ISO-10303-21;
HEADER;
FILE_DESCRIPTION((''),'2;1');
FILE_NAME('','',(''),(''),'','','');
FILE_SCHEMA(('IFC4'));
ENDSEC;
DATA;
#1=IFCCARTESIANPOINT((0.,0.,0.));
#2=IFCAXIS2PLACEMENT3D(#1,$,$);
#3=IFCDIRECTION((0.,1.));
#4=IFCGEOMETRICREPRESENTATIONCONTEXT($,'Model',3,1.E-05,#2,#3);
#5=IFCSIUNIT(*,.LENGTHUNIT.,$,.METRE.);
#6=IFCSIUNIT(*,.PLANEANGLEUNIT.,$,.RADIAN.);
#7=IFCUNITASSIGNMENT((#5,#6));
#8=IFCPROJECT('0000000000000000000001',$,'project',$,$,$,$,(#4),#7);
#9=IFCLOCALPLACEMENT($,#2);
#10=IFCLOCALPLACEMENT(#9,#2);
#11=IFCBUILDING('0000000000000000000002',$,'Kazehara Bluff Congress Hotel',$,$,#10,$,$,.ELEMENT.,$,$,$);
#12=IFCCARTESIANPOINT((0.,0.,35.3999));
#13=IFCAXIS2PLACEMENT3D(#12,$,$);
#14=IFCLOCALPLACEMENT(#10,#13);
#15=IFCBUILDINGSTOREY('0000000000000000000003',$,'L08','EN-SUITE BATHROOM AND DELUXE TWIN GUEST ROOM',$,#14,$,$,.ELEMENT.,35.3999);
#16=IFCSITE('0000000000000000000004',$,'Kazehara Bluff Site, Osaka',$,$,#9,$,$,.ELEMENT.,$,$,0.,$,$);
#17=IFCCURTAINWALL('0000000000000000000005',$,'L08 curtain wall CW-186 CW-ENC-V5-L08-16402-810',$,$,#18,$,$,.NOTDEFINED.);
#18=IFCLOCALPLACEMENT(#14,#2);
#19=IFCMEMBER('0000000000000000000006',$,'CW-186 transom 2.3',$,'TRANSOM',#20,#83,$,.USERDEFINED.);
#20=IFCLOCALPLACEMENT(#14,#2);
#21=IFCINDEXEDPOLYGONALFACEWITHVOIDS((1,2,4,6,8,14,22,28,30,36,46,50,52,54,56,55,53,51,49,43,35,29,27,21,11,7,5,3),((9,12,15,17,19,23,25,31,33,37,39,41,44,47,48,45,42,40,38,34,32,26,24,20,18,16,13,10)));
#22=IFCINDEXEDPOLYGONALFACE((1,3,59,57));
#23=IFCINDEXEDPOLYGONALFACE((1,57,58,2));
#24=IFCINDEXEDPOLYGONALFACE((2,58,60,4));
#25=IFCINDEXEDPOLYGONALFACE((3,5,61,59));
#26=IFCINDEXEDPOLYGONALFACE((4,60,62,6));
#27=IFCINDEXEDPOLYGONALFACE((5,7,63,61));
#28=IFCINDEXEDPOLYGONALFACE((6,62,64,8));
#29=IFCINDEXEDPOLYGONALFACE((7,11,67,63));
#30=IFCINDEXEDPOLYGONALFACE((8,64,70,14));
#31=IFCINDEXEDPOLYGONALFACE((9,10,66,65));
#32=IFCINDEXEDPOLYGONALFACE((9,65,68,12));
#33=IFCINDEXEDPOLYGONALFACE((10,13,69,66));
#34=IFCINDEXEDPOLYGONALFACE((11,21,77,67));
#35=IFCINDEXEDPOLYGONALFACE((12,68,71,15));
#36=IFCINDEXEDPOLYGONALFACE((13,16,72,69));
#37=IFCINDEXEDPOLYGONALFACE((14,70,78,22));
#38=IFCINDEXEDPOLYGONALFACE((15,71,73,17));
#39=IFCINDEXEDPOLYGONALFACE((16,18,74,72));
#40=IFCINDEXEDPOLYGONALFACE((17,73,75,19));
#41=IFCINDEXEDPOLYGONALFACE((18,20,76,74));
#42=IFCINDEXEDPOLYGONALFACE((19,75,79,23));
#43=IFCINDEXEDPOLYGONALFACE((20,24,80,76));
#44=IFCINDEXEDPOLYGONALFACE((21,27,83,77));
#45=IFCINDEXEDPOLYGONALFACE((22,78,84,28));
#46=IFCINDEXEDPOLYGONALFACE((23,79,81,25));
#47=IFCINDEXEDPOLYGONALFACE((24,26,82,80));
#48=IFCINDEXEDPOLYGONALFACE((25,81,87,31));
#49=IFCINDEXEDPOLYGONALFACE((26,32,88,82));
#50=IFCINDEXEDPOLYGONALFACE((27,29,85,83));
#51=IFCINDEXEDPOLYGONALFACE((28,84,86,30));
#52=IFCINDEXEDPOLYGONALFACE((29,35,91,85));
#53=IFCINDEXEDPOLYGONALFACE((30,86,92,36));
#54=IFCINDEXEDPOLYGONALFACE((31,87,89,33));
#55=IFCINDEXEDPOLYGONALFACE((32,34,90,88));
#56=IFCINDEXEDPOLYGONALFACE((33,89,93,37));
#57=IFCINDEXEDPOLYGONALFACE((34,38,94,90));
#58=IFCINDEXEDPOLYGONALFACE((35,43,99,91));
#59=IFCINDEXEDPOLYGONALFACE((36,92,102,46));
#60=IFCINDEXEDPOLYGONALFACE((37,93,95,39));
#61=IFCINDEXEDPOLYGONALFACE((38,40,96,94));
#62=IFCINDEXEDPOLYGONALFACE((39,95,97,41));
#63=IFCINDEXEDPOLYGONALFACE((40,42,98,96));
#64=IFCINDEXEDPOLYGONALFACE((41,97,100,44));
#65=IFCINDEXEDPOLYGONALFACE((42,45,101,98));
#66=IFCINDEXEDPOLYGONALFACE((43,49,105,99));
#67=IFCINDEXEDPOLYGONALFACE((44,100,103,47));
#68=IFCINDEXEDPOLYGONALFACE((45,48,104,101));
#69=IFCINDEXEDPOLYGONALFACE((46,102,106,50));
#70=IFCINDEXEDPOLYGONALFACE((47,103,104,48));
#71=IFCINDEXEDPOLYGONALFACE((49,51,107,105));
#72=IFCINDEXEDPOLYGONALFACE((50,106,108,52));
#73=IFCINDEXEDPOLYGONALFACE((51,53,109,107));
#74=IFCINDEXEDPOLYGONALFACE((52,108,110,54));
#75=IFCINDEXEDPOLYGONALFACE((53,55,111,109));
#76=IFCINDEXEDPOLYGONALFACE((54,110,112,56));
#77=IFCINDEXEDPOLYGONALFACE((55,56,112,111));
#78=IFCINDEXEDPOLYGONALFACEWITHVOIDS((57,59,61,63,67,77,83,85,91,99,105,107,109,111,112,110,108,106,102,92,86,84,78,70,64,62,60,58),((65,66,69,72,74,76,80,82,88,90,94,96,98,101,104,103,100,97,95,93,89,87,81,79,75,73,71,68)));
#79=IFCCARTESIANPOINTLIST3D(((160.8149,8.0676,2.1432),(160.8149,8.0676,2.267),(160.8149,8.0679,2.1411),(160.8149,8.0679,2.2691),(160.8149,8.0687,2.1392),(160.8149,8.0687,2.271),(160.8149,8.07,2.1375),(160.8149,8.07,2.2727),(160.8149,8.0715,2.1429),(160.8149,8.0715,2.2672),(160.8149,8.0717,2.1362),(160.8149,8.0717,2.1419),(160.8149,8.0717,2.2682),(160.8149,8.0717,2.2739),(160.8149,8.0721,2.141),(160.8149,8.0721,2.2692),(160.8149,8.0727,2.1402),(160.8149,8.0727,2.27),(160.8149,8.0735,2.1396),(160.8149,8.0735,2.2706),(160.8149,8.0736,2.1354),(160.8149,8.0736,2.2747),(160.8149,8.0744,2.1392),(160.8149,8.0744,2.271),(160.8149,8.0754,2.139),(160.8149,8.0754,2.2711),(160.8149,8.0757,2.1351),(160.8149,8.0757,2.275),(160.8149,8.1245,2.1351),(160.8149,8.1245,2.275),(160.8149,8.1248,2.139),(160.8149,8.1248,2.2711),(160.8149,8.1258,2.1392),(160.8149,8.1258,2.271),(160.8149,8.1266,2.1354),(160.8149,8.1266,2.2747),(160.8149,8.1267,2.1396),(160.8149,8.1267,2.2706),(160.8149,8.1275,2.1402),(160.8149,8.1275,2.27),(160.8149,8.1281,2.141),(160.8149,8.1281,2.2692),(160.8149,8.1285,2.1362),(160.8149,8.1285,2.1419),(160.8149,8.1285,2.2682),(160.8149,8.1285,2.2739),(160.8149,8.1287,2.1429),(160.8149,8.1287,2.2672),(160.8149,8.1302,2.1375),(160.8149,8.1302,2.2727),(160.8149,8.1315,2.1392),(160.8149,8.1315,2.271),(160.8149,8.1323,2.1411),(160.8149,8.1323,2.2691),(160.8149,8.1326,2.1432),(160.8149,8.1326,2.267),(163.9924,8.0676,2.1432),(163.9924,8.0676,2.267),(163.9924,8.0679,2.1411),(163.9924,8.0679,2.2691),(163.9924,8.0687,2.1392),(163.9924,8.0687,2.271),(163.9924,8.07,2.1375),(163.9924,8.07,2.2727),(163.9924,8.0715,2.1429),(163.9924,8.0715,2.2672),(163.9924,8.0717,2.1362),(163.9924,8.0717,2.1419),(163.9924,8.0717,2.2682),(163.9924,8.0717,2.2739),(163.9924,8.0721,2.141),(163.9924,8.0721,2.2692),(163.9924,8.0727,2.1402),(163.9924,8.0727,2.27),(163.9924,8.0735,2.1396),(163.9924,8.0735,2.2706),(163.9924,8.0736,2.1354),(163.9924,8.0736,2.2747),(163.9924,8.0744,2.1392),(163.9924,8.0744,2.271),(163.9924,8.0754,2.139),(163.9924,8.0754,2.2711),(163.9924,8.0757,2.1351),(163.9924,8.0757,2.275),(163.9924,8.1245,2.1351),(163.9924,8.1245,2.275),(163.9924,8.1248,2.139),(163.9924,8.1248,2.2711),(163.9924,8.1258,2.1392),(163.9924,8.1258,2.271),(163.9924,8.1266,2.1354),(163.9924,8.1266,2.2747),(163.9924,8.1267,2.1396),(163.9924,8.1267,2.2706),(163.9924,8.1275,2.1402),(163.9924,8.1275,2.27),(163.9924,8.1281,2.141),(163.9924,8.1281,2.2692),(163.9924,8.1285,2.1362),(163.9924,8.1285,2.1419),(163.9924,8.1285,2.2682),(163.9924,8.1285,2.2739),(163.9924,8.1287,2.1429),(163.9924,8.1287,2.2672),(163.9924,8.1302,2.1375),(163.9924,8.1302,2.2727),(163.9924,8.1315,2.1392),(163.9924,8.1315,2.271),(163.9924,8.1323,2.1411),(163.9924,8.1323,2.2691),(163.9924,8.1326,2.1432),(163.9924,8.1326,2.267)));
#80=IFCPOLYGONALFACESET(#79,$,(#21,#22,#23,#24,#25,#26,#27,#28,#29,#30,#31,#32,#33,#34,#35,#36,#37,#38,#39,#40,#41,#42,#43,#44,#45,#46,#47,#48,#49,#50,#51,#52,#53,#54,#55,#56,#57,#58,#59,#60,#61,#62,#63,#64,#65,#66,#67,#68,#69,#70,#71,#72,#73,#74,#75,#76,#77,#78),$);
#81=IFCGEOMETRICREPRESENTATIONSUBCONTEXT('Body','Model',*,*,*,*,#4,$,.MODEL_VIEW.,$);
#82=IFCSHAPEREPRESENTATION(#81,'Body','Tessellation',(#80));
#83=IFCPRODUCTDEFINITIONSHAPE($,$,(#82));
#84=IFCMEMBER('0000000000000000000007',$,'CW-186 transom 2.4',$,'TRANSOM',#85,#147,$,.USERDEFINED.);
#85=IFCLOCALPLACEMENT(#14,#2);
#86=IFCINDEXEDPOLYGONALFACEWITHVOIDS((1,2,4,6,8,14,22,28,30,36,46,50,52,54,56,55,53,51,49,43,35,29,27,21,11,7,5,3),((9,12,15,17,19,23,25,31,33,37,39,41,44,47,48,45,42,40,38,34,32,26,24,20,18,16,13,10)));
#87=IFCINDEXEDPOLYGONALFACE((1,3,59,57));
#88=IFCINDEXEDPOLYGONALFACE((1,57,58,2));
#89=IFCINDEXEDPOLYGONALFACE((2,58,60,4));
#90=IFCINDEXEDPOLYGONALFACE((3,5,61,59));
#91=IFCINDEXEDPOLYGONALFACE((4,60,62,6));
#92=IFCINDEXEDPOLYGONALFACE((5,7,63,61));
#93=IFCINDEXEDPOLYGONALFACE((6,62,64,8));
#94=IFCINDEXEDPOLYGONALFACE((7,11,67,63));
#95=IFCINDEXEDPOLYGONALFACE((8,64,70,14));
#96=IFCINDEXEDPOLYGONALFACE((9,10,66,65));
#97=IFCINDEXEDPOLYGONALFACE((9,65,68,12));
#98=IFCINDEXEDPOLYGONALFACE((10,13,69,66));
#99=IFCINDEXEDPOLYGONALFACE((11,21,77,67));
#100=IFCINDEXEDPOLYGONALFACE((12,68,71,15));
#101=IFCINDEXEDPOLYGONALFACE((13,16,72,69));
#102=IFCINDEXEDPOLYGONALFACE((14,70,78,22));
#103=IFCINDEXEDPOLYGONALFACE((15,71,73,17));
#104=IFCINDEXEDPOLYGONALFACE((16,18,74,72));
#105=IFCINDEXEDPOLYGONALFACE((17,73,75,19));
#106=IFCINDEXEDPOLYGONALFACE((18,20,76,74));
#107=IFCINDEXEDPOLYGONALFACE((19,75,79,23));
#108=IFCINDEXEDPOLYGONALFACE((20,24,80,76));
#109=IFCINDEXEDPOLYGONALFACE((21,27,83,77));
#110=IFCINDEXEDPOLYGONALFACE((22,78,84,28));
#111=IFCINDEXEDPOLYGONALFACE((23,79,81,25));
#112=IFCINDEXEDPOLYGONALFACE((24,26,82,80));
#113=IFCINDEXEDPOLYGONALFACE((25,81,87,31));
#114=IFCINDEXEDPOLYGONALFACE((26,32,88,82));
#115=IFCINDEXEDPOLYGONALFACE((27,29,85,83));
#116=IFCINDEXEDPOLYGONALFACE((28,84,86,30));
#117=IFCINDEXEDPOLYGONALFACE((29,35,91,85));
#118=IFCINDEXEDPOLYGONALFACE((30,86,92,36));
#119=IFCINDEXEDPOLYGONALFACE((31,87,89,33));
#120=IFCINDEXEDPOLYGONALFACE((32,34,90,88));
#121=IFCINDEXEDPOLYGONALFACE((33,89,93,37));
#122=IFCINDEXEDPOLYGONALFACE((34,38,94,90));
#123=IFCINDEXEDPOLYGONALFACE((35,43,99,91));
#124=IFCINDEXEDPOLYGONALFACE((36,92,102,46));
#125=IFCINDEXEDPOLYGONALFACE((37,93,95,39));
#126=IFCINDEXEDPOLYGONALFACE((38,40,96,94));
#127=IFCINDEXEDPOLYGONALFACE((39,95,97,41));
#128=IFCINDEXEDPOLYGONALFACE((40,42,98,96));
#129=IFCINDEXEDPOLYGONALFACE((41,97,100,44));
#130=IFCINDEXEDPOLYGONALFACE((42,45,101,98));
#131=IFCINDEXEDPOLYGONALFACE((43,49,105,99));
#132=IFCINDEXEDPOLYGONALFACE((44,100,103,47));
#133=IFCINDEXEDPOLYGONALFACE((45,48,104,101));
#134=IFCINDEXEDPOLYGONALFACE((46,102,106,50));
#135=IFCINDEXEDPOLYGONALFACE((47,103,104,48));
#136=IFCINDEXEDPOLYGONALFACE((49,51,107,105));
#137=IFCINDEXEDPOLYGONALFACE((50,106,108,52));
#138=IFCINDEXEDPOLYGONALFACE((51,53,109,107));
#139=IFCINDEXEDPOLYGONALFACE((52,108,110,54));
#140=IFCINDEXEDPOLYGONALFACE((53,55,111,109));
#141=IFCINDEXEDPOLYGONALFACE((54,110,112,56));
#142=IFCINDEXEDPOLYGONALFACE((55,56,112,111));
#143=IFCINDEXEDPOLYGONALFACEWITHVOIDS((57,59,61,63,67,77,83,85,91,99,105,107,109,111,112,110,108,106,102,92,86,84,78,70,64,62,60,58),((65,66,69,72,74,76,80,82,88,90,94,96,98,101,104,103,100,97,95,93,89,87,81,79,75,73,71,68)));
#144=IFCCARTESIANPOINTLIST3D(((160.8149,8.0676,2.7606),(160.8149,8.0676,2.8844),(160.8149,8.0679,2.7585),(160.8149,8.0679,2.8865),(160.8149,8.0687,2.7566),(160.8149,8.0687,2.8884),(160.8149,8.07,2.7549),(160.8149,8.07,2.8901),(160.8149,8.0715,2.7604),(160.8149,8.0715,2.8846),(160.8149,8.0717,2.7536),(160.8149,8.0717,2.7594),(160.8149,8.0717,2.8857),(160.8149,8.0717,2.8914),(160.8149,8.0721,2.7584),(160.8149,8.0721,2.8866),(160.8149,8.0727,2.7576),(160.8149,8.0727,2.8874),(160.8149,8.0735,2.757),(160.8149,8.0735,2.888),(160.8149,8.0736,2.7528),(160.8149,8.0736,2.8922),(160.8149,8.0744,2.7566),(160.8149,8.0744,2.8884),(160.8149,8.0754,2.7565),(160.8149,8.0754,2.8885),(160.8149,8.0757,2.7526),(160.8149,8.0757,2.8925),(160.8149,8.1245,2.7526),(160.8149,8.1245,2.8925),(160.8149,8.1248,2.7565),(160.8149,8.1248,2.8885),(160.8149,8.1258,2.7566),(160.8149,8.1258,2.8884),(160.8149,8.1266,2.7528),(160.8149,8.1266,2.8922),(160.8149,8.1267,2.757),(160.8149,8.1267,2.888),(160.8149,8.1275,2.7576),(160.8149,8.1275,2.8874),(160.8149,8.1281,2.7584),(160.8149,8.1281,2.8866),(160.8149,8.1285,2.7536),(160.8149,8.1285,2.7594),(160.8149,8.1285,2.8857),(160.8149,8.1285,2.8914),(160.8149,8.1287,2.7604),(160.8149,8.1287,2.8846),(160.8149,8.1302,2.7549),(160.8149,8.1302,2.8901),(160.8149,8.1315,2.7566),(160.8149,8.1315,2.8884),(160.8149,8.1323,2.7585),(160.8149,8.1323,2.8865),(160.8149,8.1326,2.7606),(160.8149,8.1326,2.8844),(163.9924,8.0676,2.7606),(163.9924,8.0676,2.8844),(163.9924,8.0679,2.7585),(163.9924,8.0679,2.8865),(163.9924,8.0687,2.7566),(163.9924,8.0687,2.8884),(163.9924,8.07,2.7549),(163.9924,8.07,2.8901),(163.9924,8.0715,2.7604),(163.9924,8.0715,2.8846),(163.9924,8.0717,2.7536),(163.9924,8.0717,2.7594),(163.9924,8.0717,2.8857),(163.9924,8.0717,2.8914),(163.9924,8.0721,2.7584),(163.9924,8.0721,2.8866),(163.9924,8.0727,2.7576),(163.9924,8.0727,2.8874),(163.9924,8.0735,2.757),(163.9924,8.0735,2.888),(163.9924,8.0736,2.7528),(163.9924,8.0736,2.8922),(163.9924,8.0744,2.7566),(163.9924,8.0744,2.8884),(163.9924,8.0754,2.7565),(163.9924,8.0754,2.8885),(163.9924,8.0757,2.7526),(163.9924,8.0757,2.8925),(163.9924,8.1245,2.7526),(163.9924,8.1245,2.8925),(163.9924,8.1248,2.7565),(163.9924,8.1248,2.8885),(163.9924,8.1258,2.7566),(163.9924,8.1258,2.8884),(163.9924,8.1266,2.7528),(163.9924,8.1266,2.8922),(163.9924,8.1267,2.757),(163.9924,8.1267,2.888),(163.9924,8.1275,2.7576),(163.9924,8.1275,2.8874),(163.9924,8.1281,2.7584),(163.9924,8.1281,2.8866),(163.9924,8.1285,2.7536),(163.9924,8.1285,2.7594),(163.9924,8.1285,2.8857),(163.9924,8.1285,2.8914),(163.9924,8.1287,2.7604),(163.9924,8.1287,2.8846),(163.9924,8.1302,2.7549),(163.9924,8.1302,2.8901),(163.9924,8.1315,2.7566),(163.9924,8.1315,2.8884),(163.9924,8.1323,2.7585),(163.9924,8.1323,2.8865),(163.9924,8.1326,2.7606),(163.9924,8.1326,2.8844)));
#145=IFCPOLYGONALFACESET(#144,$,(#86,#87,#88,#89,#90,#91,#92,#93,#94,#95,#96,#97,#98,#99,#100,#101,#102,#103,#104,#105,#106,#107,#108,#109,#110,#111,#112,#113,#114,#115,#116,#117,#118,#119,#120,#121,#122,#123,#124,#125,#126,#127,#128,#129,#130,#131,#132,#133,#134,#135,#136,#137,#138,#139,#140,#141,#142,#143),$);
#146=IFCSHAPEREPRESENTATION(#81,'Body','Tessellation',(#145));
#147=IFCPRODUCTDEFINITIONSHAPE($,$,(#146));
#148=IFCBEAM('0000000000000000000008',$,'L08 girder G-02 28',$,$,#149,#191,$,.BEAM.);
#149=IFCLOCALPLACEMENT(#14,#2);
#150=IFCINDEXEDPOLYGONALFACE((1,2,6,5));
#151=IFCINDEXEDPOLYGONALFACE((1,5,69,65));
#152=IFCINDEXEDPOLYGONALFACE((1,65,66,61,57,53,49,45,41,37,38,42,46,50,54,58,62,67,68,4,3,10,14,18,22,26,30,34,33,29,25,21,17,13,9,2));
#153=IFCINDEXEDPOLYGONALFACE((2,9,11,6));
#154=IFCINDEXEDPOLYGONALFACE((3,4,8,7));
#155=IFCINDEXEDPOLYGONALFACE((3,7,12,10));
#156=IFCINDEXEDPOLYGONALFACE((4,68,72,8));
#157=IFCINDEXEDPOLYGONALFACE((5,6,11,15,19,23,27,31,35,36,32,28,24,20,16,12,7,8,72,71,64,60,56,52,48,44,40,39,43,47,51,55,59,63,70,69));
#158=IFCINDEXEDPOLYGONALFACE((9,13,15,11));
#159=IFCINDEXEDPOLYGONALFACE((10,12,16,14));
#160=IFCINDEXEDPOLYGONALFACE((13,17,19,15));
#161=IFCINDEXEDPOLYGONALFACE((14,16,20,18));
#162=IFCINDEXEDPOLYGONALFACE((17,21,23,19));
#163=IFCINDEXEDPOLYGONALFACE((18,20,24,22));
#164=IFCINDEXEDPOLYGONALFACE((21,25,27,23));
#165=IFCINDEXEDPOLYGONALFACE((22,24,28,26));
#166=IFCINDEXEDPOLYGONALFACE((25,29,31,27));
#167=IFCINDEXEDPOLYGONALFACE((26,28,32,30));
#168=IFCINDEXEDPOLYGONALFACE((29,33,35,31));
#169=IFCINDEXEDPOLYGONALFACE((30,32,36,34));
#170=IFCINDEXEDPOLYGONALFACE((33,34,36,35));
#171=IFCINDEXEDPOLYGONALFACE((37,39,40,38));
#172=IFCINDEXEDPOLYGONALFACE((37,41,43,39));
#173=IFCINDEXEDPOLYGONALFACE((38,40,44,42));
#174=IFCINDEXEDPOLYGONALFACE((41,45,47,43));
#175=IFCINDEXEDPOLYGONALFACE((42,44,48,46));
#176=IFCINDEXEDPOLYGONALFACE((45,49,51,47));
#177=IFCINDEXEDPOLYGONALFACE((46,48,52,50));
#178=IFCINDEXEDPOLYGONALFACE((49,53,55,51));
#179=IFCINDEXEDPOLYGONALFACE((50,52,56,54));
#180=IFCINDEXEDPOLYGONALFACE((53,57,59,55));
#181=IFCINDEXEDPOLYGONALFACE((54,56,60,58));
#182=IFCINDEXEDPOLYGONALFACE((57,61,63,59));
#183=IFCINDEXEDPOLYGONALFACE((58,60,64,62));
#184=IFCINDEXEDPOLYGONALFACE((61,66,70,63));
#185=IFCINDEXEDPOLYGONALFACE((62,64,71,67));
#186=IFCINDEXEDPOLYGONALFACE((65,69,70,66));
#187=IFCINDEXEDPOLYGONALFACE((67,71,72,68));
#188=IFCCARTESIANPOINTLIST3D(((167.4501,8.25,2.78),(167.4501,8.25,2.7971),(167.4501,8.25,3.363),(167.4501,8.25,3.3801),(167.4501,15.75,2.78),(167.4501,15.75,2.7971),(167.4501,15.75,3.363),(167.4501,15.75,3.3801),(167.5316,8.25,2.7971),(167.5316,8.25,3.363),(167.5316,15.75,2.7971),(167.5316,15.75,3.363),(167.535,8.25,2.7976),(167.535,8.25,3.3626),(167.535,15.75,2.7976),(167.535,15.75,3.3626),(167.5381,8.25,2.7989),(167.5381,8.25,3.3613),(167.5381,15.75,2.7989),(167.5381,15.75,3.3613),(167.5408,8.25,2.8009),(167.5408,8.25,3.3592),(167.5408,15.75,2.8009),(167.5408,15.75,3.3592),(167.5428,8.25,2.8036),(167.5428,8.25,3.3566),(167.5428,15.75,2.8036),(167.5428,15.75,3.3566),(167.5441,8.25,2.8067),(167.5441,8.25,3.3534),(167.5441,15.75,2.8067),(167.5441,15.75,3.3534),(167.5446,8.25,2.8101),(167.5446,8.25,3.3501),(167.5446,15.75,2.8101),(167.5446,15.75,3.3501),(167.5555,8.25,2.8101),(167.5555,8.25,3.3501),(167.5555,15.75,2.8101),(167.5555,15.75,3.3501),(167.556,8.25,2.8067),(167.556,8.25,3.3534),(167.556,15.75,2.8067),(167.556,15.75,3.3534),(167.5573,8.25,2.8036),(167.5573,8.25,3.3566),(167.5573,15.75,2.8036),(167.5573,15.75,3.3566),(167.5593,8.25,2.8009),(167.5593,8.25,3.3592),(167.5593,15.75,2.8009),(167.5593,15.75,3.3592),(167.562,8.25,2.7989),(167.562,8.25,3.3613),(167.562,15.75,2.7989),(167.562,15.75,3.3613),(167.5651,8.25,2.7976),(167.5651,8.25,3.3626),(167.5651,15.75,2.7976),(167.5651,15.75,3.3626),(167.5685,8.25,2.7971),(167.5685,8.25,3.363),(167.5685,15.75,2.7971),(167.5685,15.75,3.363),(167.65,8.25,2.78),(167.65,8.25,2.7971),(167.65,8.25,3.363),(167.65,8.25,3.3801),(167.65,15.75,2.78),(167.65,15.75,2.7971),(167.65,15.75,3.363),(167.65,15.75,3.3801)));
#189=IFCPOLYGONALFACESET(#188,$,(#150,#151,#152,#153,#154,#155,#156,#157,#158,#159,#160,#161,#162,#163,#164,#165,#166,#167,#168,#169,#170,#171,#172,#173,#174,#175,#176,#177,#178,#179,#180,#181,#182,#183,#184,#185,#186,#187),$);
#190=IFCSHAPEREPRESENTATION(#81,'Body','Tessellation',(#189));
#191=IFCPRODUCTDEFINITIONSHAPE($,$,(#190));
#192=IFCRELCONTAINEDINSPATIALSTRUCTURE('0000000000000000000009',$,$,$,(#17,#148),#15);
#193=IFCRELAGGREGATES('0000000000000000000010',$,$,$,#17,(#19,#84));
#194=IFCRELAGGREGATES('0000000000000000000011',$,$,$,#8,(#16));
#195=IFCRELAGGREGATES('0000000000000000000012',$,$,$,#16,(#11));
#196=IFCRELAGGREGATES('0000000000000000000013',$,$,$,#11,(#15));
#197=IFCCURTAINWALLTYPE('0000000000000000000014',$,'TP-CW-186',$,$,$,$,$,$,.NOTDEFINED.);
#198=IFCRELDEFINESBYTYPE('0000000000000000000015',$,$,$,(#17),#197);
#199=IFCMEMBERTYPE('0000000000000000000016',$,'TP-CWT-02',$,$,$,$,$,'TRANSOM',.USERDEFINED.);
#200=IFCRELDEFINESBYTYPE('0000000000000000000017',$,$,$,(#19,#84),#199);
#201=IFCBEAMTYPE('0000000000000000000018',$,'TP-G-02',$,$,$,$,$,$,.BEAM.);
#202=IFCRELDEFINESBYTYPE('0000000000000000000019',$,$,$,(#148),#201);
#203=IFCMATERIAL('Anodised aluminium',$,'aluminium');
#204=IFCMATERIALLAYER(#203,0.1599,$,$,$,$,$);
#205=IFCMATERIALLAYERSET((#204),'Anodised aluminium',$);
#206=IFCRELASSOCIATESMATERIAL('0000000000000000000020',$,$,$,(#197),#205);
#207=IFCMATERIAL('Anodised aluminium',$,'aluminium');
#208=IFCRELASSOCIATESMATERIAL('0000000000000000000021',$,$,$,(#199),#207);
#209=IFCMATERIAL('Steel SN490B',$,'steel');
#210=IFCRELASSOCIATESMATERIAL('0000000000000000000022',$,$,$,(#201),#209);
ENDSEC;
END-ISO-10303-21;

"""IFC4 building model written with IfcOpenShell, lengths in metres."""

from ifc_helpers import new_model, si_unit, direction, frame, origin, origin_2d, place, context, subcontext, project, spatial, hollow_rectangle, i_section, extrude, material, layer, layer_set, material_profile, profile_set, type_object, element, aggregate, save


model = new_model("IFC4")

# Units and contexts
model_context = context("Model", 3, precision=1e-05, world=origin(), true_north=direction((0.0, 1.0)))
body_context = subcontext(model_context, "Body", "Model", "MODEL_VIEW")
ifc_project = project(units=[si_unit("LENGTHUNIT", "METRE"), si_unit("PLANEANGLEUNIT", "RADIAN")], contexts=[model_context])

# Site, building, storey
site_placement = place(None, origin())
site = spatial("IfcSite", under=ifc_project, at=site_placement, Name="Kazehara Bluff Site, Osaka", CompositionType="ELEMENT", RefElevation=0.0)
building_placement = place(site_placement, origin())
building = spatial("IfcBuilding", under=site, at=building_placement, Name="Kazehara Bluff Congress Hotel", CompositionType="ELEMENT")
storey_placement = place(building_placement, frame((0.0, 0.0, 35.3999)))
storey = spatial("IfcBuildingStorey", under=building, at=storey_placement, Name="L08", Description="EN-SUITE BATHROOM AND DELUXE TWIN GUEST ROOM", CompositionType="ELEMENT", Elevation=35.3999)

# Curtain wall, members
ifc_material_1 = material(Name="Anodised aluminium", Category="aluminium")
ifc_layer_1 = layer(ifc_material_1, 0.1599)
ifc_layer_set_1 = layer_set([ifc_layer_1], Name="Anodised aluminium")
curtain_wall_type = type_object("IfcCurtainWallType", Name="TP-CW-186", PredefinedType="NOTDEFINED", material=ifc_layer_set_1)
curtain_wall_placement = place(storey_placement, origin())
curtain_wall = element("IfcCurtainWall", 1, at=curtain_wall_placement, inside=storey, type_object=curtain_wall_type, Name="L08 curtain wall CW-186 CW-ENC-V5-L08-16402-810", PredefinedType="NOTDEFINED")
ifc_material_2 = material(Name="Anodised aluminium", Category="aluminium")
ifc_material_profile_1 = material_profile(ifc_material_2, hollow_rectangle(XDim=0.0649, YDim=0.1399, WallThickness=0.0039, InnerFilletRadius=0.0039, OuterFilletRadius=0.0081, at=origin_2d()))
ifc_profile_set_1 = profile_set([ifc_material_profile_1], Name="Anodised aluminium")
member_type_1 = type_object("IfcMemberType", Name="TP-CWT-02", ElementType="TRANSOM", PredefinedType="USERDEFINED", material=ifc_profile_set_1)
member_1_placement = place(storey_placement, frame((163.9924, 8.1001, 2.2051), z_axis=(-1.0, 0.0, 0.0), x_axis=(0.0, -1.0, 0.0)))
member_1 = element("IfcMember", 2, at=member_1_placement, type_object=member_type_1, Name="CW-186 transom 2.3", ObjectType="TRANSOM", PredefinedType="USERDEFINED", context=body_context, shape_type="SweptSolid", body=[
    extrude(hollow_rectangle(XDim=0.0649, YDim=0.1399, WallThickness=0.0039, InnerFilletRadius=0.0039, OuterFilletRadius=0.0081, at=origin_2d()), origin(), (0.0, 0.0, 1.0), 3.1775),
])
member_2_placement = place(storey_placement, frame((163.9924, 8.1001, 2.8225), z_axis=(-1.0, 0.0, 0.0), x_axis=(0.0, -1.0, 0.0)))
member_2 = element("IfcMember", 3, at=member_2_placement, type_object=member_type_1, Name="CW-186 transom 2.4", ObjectType="TRANSOM", PredefinedType="USERDEFINED", context=body_context, shape_type="SweptSolid", body=[
    extrude(hollow_rectangle(XDim=0.0649, YDim=0.1399, WallThickness=0.0039, InnerFilletRadius=0.0039, OuterFilletRadius=0.0081, at=origin_2d()), origin(), (0.0, 0.0, 1.0), 3.1775),
])

# Beam
ifc_material_3 = material(Name="Steel SN490B", Category="steel")
ifc_material_profile_2 = material_profile(ifc_material_3, i_section(OverallWidth=0.2, OverallDepth=0.6001, WebThickness=0.011, FlangeThickness=0.0171, FilletRadius=0.0129, at=origin_2d()))
ifc_profile_set_2 = profile_set([ifc_material_profile_2], Name="Steel SN490B")
beam_type = type_object("IfcBeamType", Name="TP-G-02", PredefinedType="BEAM", material=ifc_profile_set_2)
beam_placement = place(storey_placement, frame((167.55, 8.25, 3.0801), z_axis=(0.0, 1.0, 0.0), x_axis=(-1.0, 0.0, 0.0)))
element("IfcBeam", 4, at=beam_placement, inside=storey, type_object=beam_type, Name="L08 girder G-02 28", PredefinedType="BEAM", context=body_context, shape_type="SweptSolid", body=[
    extrude(i_section(OverallWidth=0.2, OverallDepth=0.6001, WebThickness=0.011, FlangeThickness=0.0171, FilletRadius=0.0129, at=origin_2d()), origin(), (0.0, 0.0, 1.0), 7.5),
])

aggregate(curtain_wall, [member_1, member_2])

save(model, "model.ifc")
